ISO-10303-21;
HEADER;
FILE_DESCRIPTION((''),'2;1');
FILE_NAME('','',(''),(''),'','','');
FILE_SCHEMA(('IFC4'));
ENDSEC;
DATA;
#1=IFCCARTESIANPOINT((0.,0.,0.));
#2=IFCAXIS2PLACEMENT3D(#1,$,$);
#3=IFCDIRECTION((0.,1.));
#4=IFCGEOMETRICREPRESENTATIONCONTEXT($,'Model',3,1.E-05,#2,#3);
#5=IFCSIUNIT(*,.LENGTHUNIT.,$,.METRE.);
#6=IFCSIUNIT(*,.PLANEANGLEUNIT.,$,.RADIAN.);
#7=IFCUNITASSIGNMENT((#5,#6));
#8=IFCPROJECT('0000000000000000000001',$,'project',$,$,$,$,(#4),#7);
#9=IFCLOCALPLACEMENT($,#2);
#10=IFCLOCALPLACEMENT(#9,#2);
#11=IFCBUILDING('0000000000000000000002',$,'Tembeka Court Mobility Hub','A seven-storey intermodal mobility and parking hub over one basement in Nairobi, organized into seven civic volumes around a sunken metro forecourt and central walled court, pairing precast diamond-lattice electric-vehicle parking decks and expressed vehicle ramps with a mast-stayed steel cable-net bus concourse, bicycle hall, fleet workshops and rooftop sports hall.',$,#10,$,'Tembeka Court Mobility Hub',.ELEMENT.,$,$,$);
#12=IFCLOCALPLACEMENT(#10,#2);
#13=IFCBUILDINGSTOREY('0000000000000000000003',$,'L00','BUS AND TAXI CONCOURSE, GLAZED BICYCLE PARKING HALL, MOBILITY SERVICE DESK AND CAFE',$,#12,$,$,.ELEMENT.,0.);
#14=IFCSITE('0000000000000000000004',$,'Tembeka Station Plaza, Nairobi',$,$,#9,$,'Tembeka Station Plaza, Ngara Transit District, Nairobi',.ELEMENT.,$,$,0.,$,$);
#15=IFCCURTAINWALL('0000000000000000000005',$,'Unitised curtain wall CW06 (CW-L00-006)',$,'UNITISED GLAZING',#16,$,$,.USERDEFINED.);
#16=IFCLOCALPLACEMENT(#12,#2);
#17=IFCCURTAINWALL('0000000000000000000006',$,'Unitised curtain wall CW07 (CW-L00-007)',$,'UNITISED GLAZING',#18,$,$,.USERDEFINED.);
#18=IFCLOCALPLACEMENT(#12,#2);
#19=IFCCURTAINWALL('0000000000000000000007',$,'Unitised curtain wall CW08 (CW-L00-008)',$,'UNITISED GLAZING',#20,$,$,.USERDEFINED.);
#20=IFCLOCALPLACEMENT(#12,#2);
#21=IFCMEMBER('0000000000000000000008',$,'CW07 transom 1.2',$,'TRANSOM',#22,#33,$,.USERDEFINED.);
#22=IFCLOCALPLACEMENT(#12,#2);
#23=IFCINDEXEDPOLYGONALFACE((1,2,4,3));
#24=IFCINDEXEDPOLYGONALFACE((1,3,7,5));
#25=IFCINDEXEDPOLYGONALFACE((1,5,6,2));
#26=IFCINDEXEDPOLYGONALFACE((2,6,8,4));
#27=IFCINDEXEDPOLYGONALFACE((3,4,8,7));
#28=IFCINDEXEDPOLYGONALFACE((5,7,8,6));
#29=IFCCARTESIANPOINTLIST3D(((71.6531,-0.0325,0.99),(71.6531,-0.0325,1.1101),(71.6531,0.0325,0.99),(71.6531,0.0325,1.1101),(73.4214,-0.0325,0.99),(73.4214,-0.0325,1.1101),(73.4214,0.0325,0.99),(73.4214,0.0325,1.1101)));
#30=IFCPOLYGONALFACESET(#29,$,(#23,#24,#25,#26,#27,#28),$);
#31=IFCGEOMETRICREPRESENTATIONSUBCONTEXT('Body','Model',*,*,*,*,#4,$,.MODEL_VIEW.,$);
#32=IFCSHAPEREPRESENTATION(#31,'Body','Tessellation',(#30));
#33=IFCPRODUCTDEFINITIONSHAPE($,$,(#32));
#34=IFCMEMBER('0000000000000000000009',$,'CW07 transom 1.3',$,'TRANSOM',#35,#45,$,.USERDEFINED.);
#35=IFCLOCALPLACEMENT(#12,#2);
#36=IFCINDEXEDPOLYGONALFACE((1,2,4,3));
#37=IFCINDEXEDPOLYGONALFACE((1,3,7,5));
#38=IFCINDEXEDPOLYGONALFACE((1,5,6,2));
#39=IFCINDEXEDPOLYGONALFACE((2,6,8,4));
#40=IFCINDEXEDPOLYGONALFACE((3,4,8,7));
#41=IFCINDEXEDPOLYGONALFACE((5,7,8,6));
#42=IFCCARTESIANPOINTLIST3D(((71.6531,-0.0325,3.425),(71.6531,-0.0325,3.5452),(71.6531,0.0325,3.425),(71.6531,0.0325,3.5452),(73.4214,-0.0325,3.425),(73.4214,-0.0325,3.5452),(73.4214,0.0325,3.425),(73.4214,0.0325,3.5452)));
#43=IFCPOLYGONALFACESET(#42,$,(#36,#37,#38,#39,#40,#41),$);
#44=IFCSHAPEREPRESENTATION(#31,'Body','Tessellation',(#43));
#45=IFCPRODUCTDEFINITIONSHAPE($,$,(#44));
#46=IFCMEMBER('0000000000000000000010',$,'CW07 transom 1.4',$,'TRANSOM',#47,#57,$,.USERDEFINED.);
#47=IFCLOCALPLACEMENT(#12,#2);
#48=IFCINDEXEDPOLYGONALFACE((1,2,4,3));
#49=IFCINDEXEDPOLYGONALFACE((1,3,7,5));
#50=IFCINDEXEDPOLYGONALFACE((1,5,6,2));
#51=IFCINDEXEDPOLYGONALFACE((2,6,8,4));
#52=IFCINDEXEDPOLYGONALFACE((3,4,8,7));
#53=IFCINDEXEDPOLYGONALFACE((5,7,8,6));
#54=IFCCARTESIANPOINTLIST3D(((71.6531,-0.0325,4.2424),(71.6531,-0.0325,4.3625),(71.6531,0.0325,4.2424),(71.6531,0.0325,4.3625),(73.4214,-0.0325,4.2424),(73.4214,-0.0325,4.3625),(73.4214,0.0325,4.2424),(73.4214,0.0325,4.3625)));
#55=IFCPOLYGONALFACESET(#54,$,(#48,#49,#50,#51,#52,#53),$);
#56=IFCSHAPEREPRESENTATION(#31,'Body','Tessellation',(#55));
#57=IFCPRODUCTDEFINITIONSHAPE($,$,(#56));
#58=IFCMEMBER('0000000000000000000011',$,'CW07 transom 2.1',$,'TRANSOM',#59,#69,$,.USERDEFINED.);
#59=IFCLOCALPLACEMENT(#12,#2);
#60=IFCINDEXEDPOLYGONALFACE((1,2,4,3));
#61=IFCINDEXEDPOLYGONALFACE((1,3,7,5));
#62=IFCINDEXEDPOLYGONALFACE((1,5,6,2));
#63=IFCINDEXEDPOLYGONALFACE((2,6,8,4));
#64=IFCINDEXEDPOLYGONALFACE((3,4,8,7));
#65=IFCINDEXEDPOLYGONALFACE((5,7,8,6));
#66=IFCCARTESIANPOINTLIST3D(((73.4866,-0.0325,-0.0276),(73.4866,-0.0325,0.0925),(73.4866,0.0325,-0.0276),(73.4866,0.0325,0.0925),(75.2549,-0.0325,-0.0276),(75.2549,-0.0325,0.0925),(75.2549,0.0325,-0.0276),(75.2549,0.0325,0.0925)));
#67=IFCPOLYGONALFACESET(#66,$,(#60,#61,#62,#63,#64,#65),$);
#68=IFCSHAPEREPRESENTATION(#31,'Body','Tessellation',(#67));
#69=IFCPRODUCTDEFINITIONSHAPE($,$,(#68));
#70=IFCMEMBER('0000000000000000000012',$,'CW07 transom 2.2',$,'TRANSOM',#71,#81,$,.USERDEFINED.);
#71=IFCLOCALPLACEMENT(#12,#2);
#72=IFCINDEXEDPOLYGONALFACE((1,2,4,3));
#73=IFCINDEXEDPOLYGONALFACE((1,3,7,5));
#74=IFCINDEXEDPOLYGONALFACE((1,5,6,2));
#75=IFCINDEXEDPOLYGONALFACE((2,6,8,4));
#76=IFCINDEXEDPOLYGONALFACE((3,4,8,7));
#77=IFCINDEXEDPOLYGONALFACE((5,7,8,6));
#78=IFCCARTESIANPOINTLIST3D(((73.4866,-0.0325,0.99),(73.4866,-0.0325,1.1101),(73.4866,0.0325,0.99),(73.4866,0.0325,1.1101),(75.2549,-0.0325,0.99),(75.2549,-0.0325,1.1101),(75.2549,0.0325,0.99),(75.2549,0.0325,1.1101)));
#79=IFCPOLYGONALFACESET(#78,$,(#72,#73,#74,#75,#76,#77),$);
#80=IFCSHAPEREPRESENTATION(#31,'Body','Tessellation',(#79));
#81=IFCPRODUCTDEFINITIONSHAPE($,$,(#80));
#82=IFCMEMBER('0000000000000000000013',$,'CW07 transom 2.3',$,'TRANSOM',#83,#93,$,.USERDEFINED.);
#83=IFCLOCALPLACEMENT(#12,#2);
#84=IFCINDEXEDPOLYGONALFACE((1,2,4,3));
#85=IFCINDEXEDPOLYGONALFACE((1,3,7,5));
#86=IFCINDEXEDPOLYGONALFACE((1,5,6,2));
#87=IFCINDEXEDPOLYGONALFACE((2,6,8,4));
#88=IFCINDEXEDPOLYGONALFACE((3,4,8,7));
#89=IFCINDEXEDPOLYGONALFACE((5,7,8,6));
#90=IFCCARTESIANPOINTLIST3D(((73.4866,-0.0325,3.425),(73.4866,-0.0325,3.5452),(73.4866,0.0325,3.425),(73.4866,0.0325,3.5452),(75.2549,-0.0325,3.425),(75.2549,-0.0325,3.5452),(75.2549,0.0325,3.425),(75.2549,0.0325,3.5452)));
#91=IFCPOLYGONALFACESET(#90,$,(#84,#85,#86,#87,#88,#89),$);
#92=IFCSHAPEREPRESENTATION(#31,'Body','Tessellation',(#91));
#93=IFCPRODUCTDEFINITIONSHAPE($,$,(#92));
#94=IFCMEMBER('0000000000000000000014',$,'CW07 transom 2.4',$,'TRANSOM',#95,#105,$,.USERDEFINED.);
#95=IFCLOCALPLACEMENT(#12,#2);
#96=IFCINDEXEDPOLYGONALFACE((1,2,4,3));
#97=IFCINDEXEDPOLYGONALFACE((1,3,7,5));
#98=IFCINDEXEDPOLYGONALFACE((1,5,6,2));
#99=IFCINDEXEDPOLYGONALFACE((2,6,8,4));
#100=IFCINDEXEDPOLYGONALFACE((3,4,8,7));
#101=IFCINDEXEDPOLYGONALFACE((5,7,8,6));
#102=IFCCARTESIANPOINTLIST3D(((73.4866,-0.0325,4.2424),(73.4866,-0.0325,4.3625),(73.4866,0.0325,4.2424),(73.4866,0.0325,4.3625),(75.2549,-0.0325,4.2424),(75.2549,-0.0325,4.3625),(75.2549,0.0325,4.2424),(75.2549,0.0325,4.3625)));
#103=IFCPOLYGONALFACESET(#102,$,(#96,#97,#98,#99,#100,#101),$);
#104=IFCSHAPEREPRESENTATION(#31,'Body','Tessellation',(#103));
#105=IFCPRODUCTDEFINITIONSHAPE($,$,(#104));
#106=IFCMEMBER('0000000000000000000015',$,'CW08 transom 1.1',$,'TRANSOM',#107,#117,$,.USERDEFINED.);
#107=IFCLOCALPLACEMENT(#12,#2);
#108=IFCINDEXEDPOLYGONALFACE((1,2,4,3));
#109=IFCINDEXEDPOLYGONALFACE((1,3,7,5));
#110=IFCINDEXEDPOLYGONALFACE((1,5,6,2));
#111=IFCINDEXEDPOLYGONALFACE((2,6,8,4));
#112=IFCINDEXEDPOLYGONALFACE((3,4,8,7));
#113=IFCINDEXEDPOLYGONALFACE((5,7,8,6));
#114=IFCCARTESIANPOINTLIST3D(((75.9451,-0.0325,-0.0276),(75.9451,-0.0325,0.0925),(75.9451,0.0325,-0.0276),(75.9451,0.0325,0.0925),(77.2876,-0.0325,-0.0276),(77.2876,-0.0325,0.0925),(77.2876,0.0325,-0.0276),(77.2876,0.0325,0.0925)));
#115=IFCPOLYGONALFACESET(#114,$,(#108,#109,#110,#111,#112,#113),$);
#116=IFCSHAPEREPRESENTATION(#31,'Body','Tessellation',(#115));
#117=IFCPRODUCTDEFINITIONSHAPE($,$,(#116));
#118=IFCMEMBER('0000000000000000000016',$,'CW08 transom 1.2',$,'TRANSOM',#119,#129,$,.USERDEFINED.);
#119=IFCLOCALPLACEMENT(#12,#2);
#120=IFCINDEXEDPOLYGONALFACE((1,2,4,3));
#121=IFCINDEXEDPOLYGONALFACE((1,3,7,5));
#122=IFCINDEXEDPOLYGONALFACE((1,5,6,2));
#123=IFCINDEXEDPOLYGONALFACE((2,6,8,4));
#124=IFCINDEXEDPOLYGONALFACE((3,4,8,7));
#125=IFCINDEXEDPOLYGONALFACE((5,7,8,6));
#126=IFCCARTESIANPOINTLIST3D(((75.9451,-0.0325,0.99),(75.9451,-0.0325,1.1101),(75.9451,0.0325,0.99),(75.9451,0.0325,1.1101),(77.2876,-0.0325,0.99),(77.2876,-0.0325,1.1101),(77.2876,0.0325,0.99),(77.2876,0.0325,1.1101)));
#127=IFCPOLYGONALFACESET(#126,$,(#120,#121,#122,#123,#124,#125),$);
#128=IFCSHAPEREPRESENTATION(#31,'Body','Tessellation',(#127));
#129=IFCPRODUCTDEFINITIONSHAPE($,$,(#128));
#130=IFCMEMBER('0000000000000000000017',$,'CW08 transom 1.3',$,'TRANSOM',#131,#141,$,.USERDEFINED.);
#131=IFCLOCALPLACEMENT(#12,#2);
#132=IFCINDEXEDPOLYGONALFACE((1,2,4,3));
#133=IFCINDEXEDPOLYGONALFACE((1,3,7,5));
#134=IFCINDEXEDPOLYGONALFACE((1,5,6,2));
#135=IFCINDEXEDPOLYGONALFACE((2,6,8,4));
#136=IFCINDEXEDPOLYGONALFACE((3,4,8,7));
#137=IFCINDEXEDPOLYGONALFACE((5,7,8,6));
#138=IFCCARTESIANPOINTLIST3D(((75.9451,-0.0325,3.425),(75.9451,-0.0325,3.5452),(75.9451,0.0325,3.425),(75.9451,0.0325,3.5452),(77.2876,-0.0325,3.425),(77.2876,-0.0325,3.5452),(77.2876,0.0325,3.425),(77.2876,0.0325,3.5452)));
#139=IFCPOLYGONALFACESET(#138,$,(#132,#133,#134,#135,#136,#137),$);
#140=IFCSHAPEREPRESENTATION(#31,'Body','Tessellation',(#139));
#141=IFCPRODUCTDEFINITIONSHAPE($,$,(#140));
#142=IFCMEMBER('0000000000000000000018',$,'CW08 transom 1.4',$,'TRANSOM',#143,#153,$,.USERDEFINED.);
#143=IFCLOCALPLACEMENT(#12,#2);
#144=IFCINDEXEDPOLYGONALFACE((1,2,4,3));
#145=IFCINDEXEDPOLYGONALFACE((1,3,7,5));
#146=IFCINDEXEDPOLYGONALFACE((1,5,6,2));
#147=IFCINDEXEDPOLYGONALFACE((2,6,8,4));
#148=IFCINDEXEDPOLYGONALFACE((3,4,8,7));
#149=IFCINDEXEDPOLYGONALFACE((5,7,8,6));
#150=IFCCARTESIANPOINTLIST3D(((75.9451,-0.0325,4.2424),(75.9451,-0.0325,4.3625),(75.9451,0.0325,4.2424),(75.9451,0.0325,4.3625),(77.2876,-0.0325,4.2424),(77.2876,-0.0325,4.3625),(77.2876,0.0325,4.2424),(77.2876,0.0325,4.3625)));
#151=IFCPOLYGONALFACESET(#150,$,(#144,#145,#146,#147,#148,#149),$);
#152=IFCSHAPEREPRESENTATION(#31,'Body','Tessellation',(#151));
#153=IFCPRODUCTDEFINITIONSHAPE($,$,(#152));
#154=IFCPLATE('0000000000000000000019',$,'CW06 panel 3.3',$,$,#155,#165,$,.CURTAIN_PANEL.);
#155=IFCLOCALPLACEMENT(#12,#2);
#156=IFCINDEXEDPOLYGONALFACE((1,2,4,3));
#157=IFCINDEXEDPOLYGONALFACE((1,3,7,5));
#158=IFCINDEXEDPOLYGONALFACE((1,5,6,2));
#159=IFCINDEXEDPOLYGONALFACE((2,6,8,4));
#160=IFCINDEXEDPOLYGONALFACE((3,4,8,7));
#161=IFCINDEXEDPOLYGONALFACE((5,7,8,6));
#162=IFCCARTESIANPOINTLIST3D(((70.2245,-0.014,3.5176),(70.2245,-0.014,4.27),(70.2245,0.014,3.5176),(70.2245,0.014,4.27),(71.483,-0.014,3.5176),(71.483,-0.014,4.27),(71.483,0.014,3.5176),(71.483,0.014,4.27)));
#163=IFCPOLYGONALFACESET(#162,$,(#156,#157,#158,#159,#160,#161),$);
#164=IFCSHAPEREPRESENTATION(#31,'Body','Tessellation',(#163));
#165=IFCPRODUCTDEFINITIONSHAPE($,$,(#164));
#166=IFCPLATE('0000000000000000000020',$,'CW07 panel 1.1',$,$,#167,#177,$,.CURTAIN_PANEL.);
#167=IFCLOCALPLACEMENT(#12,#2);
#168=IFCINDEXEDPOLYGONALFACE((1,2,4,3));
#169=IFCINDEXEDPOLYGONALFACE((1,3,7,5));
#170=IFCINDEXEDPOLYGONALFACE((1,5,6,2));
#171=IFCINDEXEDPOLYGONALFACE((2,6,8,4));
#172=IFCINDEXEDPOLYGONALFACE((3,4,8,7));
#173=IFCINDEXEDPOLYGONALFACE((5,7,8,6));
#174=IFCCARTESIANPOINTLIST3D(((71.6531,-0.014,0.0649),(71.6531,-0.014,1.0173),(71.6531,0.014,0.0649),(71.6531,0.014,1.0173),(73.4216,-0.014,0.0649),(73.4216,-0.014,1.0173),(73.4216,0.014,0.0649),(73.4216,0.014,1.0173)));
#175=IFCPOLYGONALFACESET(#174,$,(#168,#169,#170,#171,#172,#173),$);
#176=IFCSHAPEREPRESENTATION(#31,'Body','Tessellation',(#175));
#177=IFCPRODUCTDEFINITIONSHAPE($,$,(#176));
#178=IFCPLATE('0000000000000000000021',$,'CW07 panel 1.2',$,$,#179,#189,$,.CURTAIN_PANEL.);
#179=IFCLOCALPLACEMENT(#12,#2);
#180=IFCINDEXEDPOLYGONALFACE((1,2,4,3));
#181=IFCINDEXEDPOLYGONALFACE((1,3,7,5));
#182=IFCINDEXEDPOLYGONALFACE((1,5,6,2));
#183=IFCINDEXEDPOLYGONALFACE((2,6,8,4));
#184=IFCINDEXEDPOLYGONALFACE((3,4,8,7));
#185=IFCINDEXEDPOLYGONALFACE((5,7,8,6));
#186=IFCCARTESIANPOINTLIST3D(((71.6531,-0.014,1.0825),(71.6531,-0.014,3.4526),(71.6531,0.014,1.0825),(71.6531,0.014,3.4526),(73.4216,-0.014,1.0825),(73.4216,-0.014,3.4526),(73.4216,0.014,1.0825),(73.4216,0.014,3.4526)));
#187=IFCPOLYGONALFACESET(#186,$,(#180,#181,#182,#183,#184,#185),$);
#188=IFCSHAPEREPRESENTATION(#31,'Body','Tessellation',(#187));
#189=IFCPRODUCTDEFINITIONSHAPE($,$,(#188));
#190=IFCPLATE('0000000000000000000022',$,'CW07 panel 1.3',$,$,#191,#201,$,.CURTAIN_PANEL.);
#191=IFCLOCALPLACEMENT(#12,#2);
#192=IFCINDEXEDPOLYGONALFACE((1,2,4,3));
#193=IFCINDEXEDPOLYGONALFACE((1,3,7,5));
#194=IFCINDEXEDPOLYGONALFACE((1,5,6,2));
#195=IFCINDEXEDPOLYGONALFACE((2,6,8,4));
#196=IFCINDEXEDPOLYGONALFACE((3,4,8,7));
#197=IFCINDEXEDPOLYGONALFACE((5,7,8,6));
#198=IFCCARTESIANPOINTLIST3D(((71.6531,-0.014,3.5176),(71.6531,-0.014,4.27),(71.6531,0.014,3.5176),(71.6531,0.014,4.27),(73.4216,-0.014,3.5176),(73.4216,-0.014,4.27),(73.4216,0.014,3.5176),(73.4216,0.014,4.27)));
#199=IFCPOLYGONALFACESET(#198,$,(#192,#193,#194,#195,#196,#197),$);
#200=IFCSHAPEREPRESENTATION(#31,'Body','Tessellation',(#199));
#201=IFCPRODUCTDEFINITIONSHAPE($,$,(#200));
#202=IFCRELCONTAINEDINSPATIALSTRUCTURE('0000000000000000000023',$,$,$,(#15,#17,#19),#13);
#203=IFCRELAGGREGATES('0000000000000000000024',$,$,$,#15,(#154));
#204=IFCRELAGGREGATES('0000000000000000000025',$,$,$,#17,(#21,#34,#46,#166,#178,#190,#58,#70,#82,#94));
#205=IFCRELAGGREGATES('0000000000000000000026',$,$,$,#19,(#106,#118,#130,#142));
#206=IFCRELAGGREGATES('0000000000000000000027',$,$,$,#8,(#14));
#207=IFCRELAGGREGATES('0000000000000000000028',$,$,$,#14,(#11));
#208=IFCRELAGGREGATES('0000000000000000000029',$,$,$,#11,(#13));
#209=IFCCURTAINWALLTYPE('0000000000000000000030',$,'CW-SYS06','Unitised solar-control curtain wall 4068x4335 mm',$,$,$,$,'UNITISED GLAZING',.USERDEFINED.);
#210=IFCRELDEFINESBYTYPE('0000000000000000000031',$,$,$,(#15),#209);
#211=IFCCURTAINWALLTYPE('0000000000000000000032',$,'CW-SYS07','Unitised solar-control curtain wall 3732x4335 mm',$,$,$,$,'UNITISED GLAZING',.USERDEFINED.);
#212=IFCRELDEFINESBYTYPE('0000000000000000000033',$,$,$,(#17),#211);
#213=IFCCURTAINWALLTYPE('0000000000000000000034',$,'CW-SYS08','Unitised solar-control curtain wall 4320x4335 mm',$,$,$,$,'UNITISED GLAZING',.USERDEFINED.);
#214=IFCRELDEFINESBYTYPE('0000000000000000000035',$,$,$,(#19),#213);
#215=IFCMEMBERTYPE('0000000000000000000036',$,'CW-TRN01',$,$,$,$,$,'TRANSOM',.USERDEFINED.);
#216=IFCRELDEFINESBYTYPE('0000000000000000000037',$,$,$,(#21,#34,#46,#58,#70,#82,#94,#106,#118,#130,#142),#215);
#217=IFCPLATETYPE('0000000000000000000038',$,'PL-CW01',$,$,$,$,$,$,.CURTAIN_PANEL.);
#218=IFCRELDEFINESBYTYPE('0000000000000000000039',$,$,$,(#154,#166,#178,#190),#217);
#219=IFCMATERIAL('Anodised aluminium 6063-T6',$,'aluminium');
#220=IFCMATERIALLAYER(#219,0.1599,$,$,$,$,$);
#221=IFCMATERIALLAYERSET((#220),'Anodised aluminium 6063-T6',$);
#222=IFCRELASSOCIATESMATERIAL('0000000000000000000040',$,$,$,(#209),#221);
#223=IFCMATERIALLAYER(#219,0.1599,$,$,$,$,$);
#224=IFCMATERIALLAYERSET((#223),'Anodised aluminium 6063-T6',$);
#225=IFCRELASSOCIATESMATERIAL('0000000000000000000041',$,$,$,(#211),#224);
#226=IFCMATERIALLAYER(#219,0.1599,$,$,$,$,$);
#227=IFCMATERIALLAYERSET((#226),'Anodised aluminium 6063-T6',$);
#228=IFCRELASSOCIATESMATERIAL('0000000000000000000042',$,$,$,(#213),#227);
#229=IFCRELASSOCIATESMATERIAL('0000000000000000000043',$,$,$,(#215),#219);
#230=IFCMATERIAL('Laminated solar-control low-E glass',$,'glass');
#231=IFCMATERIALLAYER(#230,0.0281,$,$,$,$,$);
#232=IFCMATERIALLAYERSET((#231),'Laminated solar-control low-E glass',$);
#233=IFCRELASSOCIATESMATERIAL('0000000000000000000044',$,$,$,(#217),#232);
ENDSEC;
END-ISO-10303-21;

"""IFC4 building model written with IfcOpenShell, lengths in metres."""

from ifc_helpers import new_model, si_unit, direction, frame, origin, origin_2d, place, context, subcontext, project, spatial, rectangle, extrude, material, layer, layer_set, material_profile, profile_set, type_object, element, aggregate, save


model = new_model("IFC4")

# Units and contexts
model_context = context("Model", 3, precision=1e-05, world=origin(), true_north=direction((0.0, 1.0)))
body_context = subcontext(model_context, "Body", "Model", "MODEL_VIEW")
ifc_project = project(units=[si_unit("LENGTHUNIT", "METRE"), si_unit("PLANEANGLEUNIT", "RADIAN")], contexts=[model_context])

# Site, building, storey
site_placement = place(None, origin())
site = spatial("IfcSite", under=ifc_project, at=site_placement, Name="Tembeka Station Plaza, Nairobi", LongName="Tembeka Station Plaza, Ngara Transit District, Nairobi", CompositionType="ELEMENT", RefElevation=0.0)
building_placement = place(site_placement, origin())
building = spatial("IfcBuilding", under=site, at=building_placement, Name="Tembeka Court Mobility Hub", Description="A seven-storey intermodal mobility and parking hub over one basement in Nairobi, organized into seven civic volumes around a sunken metro forecourt and central walled court, pairing precast diamond-lattice electric-vehicle parking decks and expressed vehicle ramps with a mast-stayed steel cable-net bus concourse, bicycle hall, fleet workshops and rooftop sports hall.", LongName="Tembeka Court Mobility Hub", CompositionType="ELEMENT")
storey_placement = place(building_placement, origin())
storey = spatial("IfcBuildingStorey", under=building, at=storey_placement, Name="L00", Description="BUS AND TAXI CONCOURSE, GLAZED BICYCLE PARKING HALL, MOBILITY SERVICE DESK AND CAFE", CompositionType="ELEMENT", Elevation=0.0)

# Curtain wall
ifc_material_1 = material(Name="Anodised aluminium 6063-T6", Category="aluminium")
ifc_layer_1 = layer(ifc_material_1, 0.1599)
ifc_layer_set_1 = layer_set([ifc_layer_1], Name="Anodised aluminium 6063-T6")
curtain_wall_type_1 = type_object("IfcCurtainWallType", Name="CW-SYS06", Description="Unitised solar-control curtain wall 4068x4335 mm", ElementType="UNITISED GLAZING", PredefinedType="USERDEFINED", material=ifc_layer_set_1)
curtain_wall_1_placement = place(storey_placement, origin())
curtain_wall_1 = element("IfcCurtainWall", 1, at=curtain_wall_1_placement, inside=storey, type_object=curtain_wall_type_1, Name="Unitised curtain wall CW06 (CW-L00-006)", ObjectType="UNITISED GLAZING", PredefinedType="USERDEFINED")

# Curtain walls
ifc_layer_2 = layer(ifc_material_1, 0.1599)
ifc_layer_set_2 = layer_set([ifc_layer_2], Name="Anodised aluminium 6063-T6")
curtain_wall_type_2 = type_object("IfcCurtainWallType", Name="CW-SYS07", Description="Unitised solar-control curtain wall 3732x4335 mm", ElementType="UNITISED GLAZING", PredefinedType="USERDEFINED", material=ifc_layer_set_2)
curtain_wall_2_placement = place(storey_placement, origin())
curtain_wall_2 = element("IfcCurtainWall", 2, at=curtain_wall_2_placement, inside=storey, type_object=curtain_wall_type_2, Name="Unitised curtain wall CW07 (CW-L00-007)", ObjectType="UNITISED GLAZING", PredefinedType="USERDEFINED")
ifc_layer_3 = layer(ifc_material_1, 0.1599)
ifc_layer_set_3 = layer_set([ifc_layer_3], Name="Anodised aluminium 6063-T6")
curtain_wall_type_3 = type_object("IfcCurtainWallType", Name="CW-SYS08", Description="Unitised solar-control curtain wall 4320x4335 mm", ElementType="UNITISED GLAZING", PredefinedType="USERDEFINED", material=ifc_layer_set_3)
curtain_wall_3_placement = place(storey_placement, origin())
curtain_wall_3 = element("IfcCurtainWall", 3, at=curtain_wall_3_placement, inside=storey, type_object=curtain_wall_type_3, Name="Unitised curtain wall CW08 (CW-L00-008)", ObjectType="UNITISED GLAZING", PredefinedType="USERDEFINED")

# Members
ifc_material_profile_1 = material_profile(ifc_material_1, rectangle(XDim=0.0649, YDim=0.1201, at=origin_2d()), Name="ALU-TRN 65x120")
ifc_profile_set_1 = profile_set([ifc_material_profile_1], Name="Anodised aluminium 6063-T6")
member_type_1 = type_object("IfcMemberType", Name="CW-TRN01", ElementType="TRANSOM", PredefinedType="USERDEFINED", material=ifc_profile_set_1)
member_1_placement = place(storey_placement, frame((71.6531, 0.0, 1.05), z_axis=(1.0, 0.0, 0.0), x_axis=(0.0, 1.0, 0.0)))
member_1 = element("IfcMember", 4, at=member_1_placement, type_object=member_type_1, Name="CW07 transom 1.2", ObjectType="TRANSOM", PredefinedType="USERDEFINED", context=body_context, shape_type="SweptSolid", body=[
    extrude(rectangle(XDim=0.0649, YDim=0.1201, at=origin_2d()), origin(), (0.0, 0.0, 1.0), 1.7683),
])
member_2_placement = place(storey_placement, frame((71.6531, 0.0, 3.4851), z_axis=(1.0, 0.0, 0.0), x_axis=(0.0, 1.0, 0.0)))
member_2 = element("IfcMember", 5, at=member_2_placement, type_object=member_type_1, Name="CW07 transom 1.3", ObjectType="TRANSOM", PredefinedType="USERDEFINED", context=body_context, shape_type="SweptSolid", body=[
    extrude(rectangle(XDim=0.0649, YDim=0.1201, at=origin_2d()), origin(), (0.0, 0.0, 1.0), 1.7683),
])
member_3_placement = place(storey_placement, frame((71.6531, 0.0, 4.3025), z_axis=(1.0, 0.0, 0.0), x_axis=(0.0, 1.0, 0.0)))
member_3 = element("IfcMember", 6, at=member_3_placement, type_object=member_type_1, Name="CW07 transom 1.4", ObjectType="TRANSOM", PredefinedType="USERDEFINED", context=body_context, shape_type="SweptSolid", body=[
    extrude(rectangle(XDim=0.0649, YDim=0.1201, at=origin_2d()), origin(), (0.0, 0.0, 1.0), 1.7683),
])
member_4_placement = place(storey_placement, frame((73.4866, 0.0, 0.0325), z_axis=(1.0, 0.0, 0.0), x_axis=(0.0, 1.0, 0.0)))
member_4 = element("IfcMember", 7, at=member_4_placement, type_object=member_type_1, Name="CW07 transom 2.1", ObjectType="TRANSOM", PredefinedType="USERDEFINED", context=body_context, shape_type="SweptSolid", body=[
    extrude(rectangle(XDim=0.0649, YDim=0.1201, at=origin_2d()), origin(), (0.0, 0.0, 1.0), 1.7683),
])
member_5_placement = place(storey_placement, frame((73.4866, 0.0, 1.05), z_axis=(1.0, 0.0, 0.0), x_axis=(0.0, 1.0, 0.0)))
member_5 = element("IfcMember", 8, at=member_5_placement, type_object=member_type_1, Name="CW07 transom 2.2", ObjectType="TRANSOM", PredefinedType="USERDEFINED", context=body_context, shape_type="SweptSolid", body=[
    extrude(rectangle(XDim=0.0649, YDim=0.1201, at=origin_2d()), origin(), (0.0, 0.0, 1.0), 1.7683),
])
member_6_placement = place(storey_placement, frame((73.4866, 0.0, 3.4851), z_axis=(1.0, 0.0, 0.0), x_axis=(0.0, 1.0, 0.0)))
member_6 = element("IfcMember", 9, at=member_6_placement, type_object=member_type_1, Name="CW07 transom 2.3", ObjectType="TRANSOM", PredefinedType="USERDEFINED", context=body_context, shape_type="SweptSolid", body=[
    extrude(rectangle(XDim=0.0649, YDim=0.1201, at=origin_2d()), origin(), (0.0, 0.0, 1.0), 1.7683),
])
member_7_placement = place(storey_placement, frame((73.4866, 0.0, 4.3025), z_axis=(1.0, 0.0, 0.0), x_axis=(0.0, 1.0, 0.0)))
member_7 = element("IfcMember", 10, at=member_7_placement, type_object=member_type_1, Name="CW07 transom 2.4", ObjectType="TRANSOM", PredefinedType="USERDEFINED", context=body_context, shape_type="SweptSolid", body=[
    extrude(rectangle(XDim=0.0649, YDim=0.1201, at=origin_2d()), origin(), (0.0, 0.0, 1.0), 1.7683),
])
member_8_placement = place(storey_placement, frame((75.9451, 0.0, 0.0325), z_axis=(1.0, 0.0, 0.0), x_axis=(0.0, 1.0, 0.0)))
member_8 = element("IfcMember", 11, at=member_8_placement, type_object=member_type_1, Name="CW08 transom 1.1", ObjectType="TRANSOM", PredefinedType="USERDEFINED", context=body_context, shape_type="SweptSolid", body=[
    extrude(rectangle(XDim=0.0649, YDim=0.1201, at=origin_2d()), origin(), (0.0, 0.0, 1.0), 1.3425),
])
member_9_placement = place(storey_placement, frame((75.9451, 0.0, 1.05), z_axis=(1.0, 0.0, 0.0), x_axis=(0.0, 1.0, 0.0)))
member_9 = element("IfcMember", 12, at=member_9_placement, type_object=member_type_1, Name="CW08 transom 1.2", ObjectType="TRANSOM", PredefinedType="USERDEFINED", context=body_context, shape_type="SweptSolid", body=[
    extrude(rectangle(XDim=0.0649, YDim=0.1201, at=origin_2d()), origin(), (0.0, 0.0, 1.0), 1.3425),
])
member_10_placement = place(storey_placement, frame((75.9451, 0.0, 3.4851), z_axis=(1.0, 0.0, 0.0), x_axis=(0.0, 1.0, 0.0)))
member_10 = element("IfcMember", 13, at=member_10_placement, type_object=member_type_1, Name="CW08 transom 1.3", ObjectType="TRANSOM", PredefinedType="USERDEFINED", context=body_context, shape_type="SweptSolid", body=[
    extrude(rectangle(XDim=0.0649, YDim=0.1201, at=origin_2d()), origin(), (0.0, 0.0, 1.0), 1.3425),
])
member_11_placement = place(storey_placement, frame((75.9451, 0.0, 4.3025), z_axis=(1.0, 0.0, 0.0), x_axis=(0.0, 1.0, 0.0)))
member_11 = element("IfcMember", 14, at=member_11_placement, type_object=member_type_1, Name="CW08 transom 1.4", ObjectType="TRANSOM", PredefinedType="USERDEFINED", context=body_context, shape_type="SweptSolid", body=[
    extrude(rectangle(XDim=0.0649, YDim=0.1201, at=origin_2d()), origin(), (0.0, 0.0, 1.0), 1.3425),
])

# Plates
ifc_material_2 = material(Name="Laminated solar-control low-E glass", Category="glass")
ifc_layer_4 = layer(ifc_material_2, 0.0281)
ifc_layer_set_4 = layer_set([ifc_layer_4], Name="Laminated solar-control low-E glass")
plate_type_1 = type_object("IfcPlateType", Name="PL-CW01", PredefinedType="CURTAIN_PANEL", material=ifc_layer_set_4)
plate_1_placement = place(storey_placement, frame((70.8538, 0.0, 3.5176), z_axis=(0.0, 0.0, 1.0), x_axis=(1.0, 0.0, 0.0)))
plate_1 = element("IfcPlate", 15, at=plate_1_placement, type_object=plate_type_1, Name="CW06 panel 3.3", PredefinedType="CURTAIN_PANEL", context=body_context, shape_type="SweptSolid", body=[
    extrude(rectangle(XDim=1.2585, YDim=0.0281, at=origin_2d()), origin(), (0.0, 0.0, 1.0), 0.7524),
])
aggregate(curtain_wall_1, [plate_1])
plate_2_placement = place(storey_placement, frame((72.5374, 0.0, 0.0649), z_axis=(0.0, 0.0, 1.0), x_axis=(1.0, 0.0, 0.0)))
plate_2 = element("IfcPlate", 16, at=plate_2_placement, type_object=plate_type_1, Name="CW07 panel 1.1", PredefinedType="CURTAIN_PANEL", context=body_context, shape_type="SweptSolid", body=[
    extrude(rectangle(XDim=1.7686, YDim=0.0281, at=origin_2d()), origin(), (0.0, 0.0, 1.0), 0.9524),
])
plate_3_placement = place(storey_placement, frame((72.5374, 0.0, 1.0825), z_axis=(0.0, 0.0, 1.0), x_axis=(1.0, 0.0, 0.0)))
plate_3 = element("IfcPlate", 17, at=plate_3_placement, type_object=plate_type_1, Name="CW07 panel 1.2", PredefinedType="CURTAIN_PANEL", context=body_context, shape_type="SweptSolid", body=[
    extrude(rectangle(XDim=1.7686, YDim=0.0281, at=origin_2d()), origin(), (0.0, 0.0, 1.0), 2.3701),
])
plate_4_placement = place(storey_placement, frame((72.5374, 0.0, 3.5176), z_axis=(0.0, 0.0, 1.0), x_axis=(1.0, 0.0, 0.0)))
plate_4 = element("IfcPlate", 18, at=plate_4_placement, type_object=plate_type_1, Name="CW07 panel 1.3", PredefinedType="CURTAIN_PANEL", context=body_context, shape_type="SweptSolid", body=[
    extrude(rectangle(XDim=1.7686, YDim=0.0281, at=origin_2d()), origin(), (0.0, 0.0, 1.0), 0.7524),
])
aggregate(curtain_wall_2, [member_1, member_2, member_3, plate_2, plate_3, plate_4, member_4, member_5, member_6, member_7])
aggregate(curtain_wall_3, [member_8, member_9, member_10, member_11])

save(model, "model.ifc")
